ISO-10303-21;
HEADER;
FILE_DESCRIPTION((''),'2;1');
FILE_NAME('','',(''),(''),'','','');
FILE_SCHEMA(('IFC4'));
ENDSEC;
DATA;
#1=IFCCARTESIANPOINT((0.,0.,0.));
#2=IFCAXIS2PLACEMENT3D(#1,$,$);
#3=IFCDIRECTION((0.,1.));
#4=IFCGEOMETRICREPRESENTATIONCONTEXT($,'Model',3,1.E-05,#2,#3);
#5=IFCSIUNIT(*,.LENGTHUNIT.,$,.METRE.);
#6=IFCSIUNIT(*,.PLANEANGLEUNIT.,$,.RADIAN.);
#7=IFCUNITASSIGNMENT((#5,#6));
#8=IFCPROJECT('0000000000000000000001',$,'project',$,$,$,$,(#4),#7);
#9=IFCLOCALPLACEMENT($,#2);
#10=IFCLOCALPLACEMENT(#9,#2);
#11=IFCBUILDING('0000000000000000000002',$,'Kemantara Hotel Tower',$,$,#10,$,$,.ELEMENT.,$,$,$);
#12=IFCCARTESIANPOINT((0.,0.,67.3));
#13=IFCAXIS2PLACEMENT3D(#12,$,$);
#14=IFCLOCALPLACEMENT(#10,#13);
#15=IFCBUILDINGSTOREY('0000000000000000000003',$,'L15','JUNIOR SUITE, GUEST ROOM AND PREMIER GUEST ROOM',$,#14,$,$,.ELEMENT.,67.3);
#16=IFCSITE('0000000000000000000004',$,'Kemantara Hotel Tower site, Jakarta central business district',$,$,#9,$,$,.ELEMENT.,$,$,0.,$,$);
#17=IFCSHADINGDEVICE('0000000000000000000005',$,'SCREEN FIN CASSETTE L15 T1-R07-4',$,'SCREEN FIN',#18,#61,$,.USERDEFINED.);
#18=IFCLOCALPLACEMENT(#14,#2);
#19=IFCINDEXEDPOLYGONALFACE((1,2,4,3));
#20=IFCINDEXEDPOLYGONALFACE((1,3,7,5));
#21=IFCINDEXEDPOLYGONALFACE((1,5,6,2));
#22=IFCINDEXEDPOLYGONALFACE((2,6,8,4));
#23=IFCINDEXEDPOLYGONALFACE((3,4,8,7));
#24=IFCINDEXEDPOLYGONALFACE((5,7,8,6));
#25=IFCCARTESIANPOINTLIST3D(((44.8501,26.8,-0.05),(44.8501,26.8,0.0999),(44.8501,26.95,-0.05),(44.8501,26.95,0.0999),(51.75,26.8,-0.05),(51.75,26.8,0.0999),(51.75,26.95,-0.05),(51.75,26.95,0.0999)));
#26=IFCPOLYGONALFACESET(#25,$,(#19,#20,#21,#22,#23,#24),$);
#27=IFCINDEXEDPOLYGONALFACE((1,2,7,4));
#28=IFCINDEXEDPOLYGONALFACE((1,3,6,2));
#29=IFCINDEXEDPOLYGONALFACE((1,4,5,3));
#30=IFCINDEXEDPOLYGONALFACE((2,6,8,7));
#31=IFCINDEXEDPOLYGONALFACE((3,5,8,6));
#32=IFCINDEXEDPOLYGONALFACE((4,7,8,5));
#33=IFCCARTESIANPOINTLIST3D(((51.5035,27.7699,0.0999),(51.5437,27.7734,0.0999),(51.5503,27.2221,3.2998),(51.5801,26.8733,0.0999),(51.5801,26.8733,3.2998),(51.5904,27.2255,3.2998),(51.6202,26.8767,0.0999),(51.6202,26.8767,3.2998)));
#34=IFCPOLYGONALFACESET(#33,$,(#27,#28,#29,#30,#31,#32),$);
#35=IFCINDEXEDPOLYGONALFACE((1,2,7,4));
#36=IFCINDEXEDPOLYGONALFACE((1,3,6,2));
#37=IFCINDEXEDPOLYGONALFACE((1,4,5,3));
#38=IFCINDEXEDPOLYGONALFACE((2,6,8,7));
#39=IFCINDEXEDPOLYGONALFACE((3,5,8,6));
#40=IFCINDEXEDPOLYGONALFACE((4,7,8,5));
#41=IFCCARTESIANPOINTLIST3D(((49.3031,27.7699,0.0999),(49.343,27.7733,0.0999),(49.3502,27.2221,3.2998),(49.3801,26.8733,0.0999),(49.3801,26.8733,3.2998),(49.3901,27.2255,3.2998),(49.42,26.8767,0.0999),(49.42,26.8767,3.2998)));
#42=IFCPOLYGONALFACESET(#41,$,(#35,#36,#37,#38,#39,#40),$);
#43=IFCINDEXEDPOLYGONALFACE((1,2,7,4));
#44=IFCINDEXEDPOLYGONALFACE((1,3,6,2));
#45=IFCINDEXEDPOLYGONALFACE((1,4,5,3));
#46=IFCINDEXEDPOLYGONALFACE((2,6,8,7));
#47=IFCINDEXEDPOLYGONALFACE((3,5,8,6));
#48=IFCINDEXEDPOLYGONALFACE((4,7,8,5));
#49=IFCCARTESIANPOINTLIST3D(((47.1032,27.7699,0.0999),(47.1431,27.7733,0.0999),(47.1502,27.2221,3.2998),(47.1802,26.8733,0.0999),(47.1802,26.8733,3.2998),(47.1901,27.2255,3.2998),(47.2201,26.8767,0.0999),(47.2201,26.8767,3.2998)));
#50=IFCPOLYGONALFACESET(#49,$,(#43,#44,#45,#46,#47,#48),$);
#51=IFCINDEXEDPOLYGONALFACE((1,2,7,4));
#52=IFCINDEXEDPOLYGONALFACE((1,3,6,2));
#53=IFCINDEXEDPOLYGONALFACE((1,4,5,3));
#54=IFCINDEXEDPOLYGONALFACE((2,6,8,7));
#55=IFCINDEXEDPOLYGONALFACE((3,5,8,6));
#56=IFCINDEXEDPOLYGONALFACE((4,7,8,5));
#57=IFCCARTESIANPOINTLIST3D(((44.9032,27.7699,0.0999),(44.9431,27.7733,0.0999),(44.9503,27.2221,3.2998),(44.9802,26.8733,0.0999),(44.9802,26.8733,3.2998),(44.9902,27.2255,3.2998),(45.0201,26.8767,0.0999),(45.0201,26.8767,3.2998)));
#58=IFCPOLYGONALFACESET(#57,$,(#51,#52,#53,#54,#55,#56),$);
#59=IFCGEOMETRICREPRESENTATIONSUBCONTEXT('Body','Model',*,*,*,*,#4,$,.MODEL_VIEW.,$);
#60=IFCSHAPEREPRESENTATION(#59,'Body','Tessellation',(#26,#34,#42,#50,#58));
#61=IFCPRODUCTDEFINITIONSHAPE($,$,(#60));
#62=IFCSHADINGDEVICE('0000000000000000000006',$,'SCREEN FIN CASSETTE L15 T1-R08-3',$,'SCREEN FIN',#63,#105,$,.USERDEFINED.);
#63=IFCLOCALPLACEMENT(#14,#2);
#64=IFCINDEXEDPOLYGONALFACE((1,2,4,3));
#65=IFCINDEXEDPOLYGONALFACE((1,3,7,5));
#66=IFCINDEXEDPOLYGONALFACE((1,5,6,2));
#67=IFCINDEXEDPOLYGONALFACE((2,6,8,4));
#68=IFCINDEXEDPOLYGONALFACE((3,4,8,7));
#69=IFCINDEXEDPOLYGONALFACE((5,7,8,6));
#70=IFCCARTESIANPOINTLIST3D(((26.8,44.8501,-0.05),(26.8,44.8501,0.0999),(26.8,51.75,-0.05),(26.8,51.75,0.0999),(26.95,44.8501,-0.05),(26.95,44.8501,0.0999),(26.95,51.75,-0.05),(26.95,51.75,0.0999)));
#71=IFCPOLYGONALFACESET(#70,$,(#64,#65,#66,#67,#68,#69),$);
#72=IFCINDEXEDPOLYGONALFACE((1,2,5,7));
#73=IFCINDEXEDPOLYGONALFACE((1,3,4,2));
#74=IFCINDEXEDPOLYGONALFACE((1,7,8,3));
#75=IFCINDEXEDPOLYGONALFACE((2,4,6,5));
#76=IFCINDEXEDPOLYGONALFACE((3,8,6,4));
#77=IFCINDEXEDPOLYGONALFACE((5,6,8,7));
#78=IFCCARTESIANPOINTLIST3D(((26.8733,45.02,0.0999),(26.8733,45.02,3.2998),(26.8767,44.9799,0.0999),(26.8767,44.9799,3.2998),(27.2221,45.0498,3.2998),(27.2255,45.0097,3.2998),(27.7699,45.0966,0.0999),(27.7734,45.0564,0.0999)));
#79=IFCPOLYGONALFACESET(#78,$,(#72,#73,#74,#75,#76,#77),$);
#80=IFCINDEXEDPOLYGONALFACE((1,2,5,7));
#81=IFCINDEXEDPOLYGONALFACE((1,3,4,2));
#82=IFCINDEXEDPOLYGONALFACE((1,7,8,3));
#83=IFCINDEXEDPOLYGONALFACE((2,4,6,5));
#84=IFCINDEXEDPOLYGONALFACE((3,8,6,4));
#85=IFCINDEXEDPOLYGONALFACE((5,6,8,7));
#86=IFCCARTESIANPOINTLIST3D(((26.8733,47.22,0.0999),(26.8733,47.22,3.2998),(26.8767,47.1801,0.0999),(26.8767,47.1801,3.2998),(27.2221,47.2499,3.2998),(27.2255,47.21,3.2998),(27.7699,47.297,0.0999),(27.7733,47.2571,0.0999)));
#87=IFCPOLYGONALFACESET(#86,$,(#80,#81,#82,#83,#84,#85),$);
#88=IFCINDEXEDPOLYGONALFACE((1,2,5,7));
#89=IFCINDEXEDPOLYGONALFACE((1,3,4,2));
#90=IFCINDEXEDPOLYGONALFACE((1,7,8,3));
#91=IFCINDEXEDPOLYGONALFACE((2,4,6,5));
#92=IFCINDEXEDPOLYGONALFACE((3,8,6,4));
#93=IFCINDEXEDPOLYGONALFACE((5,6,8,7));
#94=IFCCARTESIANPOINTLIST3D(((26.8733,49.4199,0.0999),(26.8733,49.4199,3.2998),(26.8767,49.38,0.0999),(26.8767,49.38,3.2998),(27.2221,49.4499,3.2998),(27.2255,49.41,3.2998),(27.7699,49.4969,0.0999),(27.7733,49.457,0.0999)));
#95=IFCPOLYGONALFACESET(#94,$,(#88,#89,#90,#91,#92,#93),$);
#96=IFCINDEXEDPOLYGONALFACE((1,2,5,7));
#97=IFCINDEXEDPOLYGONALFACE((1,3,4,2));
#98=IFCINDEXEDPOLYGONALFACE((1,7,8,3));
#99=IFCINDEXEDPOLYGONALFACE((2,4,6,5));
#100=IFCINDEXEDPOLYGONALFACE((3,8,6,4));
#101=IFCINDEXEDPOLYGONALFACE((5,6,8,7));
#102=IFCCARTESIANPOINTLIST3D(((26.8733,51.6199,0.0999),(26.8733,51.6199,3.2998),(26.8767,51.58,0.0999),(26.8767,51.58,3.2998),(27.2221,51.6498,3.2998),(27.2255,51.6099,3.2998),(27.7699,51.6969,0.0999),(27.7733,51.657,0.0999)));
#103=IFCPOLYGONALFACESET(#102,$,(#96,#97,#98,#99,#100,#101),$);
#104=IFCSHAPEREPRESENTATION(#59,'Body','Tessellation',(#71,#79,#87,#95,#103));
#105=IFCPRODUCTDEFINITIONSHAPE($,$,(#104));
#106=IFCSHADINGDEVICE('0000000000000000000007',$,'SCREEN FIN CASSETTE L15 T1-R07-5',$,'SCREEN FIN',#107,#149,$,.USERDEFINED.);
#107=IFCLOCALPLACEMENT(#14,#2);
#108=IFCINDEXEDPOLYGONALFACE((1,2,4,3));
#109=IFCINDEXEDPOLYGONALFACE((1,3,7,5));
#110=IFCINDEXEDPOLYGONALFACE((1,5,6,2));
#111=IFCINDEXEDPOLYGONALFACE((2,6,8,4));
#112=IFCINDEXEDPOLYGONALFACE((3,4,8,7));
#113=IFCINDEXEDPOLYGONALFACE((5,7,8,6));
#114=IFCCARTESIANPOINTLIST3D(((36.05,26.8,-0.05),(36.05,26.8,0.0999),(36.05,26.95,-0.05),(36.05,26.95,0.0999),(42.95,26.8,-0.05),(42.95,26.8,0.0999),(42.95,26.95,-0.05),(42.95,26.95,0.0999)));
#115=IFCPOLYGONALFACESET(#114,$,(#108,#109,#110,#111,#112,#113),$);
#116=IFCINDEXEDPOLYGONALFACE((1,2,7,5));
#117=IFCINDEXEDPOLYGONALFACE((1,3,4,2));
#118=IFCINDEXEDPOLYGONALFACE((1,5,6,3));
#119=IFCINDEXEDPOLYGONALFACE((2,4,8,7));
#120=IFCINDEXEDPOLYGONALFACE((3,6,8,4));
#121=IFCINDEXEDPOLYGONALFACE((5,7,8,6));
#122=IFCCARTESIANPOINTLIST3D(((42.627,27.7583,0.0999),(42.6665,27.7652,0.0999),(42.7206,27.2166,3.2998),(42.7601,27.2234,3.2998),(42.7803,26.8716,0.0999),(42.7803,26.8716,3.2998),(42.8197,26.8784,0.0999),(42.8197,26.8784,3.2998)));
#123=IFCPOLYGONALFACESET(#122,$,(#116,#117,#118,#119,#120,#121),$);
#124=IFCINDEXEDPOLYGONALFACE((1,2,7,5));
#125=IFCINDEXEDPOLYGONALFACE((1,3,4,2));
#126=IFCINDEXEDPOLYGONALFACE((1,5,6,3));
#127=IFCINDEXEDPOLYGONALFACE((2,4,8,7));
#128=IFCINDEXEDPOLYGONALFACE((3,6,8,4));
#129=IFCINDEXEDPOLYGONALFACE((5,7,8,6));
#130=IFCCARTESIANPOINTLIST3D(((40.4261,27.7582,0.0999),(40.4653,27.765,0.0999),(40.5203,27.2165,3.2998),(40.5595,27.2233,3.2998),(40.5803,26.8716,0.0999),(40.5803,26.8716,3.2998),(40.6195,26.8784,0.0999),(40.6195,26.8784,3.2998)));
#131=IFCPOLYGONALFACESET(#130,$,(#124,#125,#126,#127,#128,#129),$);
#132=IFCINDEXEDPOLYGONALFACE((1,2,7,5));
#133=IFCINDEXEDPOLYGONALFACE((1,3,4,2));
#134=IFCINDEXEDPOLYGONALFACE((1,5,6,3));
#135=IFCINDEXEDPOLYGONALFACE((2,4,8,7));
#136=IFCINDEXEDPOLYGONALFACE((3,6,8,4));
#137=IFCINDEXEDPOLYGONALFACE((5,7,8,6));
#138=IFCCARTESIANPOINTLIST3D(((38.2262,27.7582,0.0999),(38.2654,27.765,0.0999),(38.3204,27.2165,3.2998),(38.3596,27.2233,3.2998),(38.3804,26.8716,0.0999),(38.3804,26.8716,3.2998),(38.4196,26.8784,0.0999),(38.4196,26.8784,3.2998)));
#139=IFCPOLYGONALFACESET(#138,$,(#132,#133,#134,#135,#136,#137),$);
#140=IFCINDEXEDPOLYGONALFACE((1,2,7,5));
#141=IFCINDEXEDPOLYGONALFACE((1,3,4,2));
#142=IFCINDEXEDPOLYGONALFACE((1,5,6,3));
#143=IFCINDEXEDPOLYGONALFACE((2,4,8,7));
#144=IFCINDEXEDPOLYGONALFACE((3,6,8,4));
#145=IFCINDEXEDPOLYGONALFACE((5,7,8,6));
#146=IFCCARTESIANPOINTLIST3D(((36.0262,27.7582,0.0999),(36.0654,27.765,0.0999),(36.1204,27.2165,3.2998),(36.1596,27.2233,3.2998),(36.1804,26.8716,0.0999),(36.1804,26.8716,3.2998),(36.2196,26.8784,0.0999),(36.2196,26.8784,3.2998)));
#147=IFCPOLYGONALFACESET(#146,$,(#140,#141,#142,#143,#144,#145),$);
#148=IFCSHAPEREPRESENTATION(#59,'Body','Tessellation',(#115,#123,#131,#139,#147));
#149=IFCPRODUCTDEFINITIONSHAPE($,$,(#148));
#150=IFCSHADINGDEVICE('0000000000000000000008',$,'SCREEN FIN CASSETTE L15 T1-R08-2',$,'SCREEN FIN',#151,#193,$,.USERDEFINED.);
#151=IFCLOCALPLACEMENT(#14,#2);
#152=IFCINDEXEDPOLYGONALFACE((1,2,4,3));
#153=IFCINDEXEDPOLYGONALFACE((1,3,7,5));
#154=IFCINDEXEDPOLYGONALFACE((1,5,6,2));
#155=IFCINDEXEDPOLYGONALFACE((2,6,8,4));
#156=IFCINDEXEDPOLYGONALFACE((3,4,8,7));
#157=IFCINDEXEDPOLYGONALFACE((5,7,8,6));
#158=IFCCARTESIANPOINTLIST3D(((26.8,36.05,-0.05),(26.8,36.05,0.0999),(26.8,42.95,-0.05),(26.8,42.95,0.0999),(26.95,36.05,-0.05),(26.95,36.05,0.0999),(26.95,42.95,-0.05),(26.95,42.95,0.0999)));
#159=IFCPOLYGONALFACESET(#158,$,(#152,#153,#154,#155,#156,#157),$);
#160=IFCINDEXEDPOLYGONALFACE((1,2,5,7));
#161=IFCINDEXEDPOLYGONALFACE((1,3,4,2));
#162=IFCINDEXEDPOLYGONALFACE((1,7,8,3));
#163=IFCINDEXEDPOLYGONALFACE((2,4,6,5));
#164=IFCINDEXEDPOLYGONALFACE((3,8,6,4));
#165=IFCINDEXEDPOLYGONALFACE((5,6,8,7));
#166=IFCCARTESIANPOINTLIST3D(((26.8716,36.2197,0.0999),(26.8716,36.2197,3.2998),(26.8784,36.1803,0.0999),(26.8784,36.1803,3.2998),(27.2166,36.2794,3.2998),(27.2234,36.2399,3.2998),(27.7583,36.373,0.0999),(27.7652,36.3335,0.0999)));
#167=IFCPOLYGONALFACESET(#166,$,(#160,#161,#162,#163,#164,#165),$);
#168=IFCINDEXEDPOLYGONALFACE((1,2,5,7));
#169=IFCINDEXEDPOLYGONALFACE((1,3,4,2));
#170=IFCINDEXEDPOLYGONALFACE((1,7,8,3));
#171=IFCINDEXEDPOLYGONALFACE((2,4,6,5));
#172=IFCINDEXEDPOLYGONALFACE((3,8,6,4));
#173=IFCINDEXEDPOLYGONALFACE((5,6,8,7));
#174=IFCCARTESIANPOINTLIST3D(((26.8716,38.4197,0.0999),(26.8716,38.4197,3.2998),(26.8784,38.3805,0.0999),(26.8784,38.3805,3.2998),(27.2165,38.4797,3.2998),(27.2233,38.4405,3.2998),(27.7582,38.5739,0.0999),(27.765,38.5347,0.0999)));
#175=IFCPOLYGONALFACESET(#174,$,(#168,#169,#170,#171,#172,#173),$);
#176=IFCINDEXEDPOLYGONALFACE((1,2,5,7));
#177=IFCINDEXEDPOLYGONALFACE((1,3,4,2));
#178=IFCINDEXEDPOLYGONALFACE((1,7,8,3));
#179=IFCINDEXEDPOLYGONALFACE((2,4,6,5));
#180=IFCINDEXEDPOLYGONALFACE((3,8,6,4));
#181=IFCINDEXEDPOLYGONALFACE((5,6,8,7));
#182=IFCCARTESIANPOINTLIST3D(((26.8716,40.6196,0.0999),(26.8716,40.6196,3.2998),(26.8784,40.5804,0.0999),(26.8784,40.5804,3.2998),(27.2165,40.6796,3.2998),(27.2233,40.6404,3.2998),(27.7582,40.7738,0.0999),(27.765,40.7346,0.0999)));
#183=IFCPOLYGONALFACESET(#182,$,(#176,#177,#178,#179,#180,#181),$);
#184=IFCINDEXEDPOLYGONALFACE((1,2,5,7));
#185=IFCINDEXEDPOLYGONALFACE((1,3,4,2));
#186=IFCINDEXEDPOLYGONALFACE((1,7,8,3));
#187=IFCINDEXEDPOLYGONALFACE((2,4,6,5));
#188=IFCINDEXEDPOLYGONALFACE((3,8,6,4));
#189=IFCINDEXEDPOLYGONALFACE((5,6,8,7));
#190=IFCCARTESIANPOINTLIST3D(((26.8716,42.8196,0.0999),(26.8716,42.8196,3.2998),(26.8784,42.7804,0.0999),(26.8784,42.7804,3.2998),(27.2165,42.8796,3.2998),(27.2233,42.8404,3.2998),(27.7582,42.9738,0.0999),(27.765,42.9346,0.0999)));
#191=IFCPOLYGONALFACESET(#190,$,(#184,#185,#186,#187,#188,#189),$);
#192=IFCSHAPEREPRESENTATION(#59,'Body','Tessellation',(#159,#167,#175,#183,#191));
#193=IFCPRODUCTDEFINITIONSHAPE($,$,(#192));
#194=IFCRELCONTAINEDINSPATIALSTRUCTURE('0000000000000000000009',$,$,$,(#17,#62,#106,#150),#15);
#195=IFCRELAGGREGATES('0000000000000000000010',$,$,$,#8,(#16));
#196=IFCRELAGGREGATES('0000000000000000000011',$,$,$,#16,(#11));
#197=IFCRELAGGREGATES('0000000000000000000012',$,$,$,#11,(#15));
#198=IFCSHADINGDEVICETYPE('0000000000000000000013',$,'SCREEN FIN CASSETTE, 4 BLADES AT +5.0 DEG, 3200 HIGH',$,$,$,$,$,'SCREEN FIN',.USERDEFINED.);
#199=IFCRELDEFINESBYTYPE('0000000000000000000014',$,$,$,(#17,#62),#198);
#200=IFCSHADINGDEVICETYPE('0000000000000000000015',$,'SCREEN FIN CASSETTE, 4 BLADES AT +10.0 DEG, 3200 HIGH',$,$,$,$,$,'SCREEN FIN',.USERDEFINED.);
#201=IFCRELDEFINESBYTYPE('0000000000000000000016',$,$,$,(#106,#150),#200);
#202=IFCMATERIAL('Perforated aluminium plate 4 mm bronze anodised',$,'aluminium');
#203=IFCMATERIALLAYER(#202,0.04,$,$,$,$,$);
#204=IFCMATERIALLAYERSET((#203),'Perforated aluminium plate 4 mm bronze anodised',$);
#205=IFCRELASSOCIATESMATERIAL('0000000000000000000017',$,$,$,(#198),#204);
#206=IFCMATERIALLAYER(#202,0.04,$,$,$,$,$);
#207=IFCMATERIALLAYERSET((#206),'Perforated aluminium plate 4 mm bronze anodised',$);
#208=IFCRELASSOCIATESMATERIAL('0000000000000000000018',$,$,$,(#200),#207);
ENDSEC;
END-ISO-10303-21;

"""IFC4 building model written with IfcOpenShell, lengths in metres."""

from ifc_helpers import new_model, si_unit, direction, frame, origin, origin_2d, place, context, subcontext, project, spatial, polyline, rectangle, outline, extrude, source, transform, mapped, material, layer, layer_set, type_object, element, save


model = new_model("IFC4")

# Units and contexts
model_context = context("Model", 3, precision=1e-05, world=origin(), true_north=direction((0.0, 1.0)))
body_context = subcontext(model_context, "Body", "Model", "MODEL_VIEW")
ifc_project = project(units=[si_unit("LENGTHUNIT", "METRE"), si_unit("PLANEANGLEUNIT", "RADIAN")], contexts=[model_context])

# Site, building, storey
site_placement = place(None, origin())
site = spatial("IfcSite", under=ifc_project, at=site_placement, Name="Kemantara Hotel Tower site, Jakarta central business district", CompositionType="ELEMENT", RefElevation=0.0)
building_placement = place(site_placement, origin())
building = spatial("IfcBuilding", under=site, at=building_placement, Name="Kemantara Hotel Tower", CompositionType="ELEMENT")
storey_placement = place(building_placement, frame((0.0, 0.0, 67.3)))
storey = spatial("IfcBuildingStorey", under=building, at=storey_placement, Name="L15", Description="JUNIOR SUITE, GUEST ROOM AND PREMIER GUEST ROOM", CompositionType="ELEMENT", Elevation=67.3)

# Shading devices
ifc_material_1 = material(Name="Perforated aluminium plate 4 mm bronze anodised", Category="aluminium")
ifc_layer_1 = layer(ifc_material_1, 0.04)
ifc_layer_set_1 = layer_set([ifc_layer_1], Name="Perforated aluminium plate 4 mm bronze anodised")
shading_device_type_1 = type_object("IfcShadingDeviceType", Name="SCREEN FIN CASSETTE, 4 BLADES AT +5.0 DEG, 3200 HIGH", ElementType="SCREEN FIN", PredefinedType="USERDEFINED", material=ifc_layer_set_1)
shared_shape_1 = source(origin(), body_context, "Body", "SweptSolid", [
    extrude(rectangle(XDim=6.8999, YDim=0.1499, at=origin_2d()), frame((3.3, -0.075, -0.1499), z_axis=(0.0, 0.0, 1.0), x_axis=(1.0, 0.0, 0.0)), (0.0, 0.0, 1.0), 0.1499),
    extrude(outline(polyline([(0.0, 0.0), (0.8999, 0.0), (0.3501, 3.2), (0.0, 3.2), (0.0, 0.0)])), frame((0.02, -0.0732, 0.0), z_axis=(-0.996376, -0.085056, 0.0), x_axis=(0.085056, -0.996376, 0.0)), (0.0, 0.0, 1.0), 0.0403),
    extrude(outline(polyline([(0.0, 0.0), (0.8999, 0.0), (0.3501, 3.2), (0.0, 3.2), (0.0, 0.0)])), frame((2.22, -0.0732, 0.0), z_axis=(-0.996332, -0.085575, 0.0), x_axis=(0.085575, -0.996332, 0.0)), (0.0, 0.0, 1.0), 0.04),
    extrude(outline(polyline([(0.0, 0.0), (0.8999, 0.0), (0.3501, 3.2), (0.0, 3.2), (0.0, 0.0)])), frame((4.4199, -0.0732, 0.0), z_axis=(-0.996332, -0.085575, 0.0), x_axis=(0.085575, -0.996332, 0.0)), (0.0, 0.0, 1.0), 0.04),
    extrude(outline(polyline([(0.0, 0.0), (0.8999, 0.0), (0.3501, 3.2), (0.0, 3.2), (0.0, 0.0)])), frame((6.6199, -0.0732, 0.0), z_axis=(-0.996332, -0.085575, 0.0), x_axis=(0.085575, -0.996332, 0.0)), (0.0, 0.0, 1.0), 0.04),
])
for number, where, z_axis, x_axis, name in (
    (1, (51.6001, 26.8, 0.0999), (0.0, 0.0, 1.0), (-1.0, 0.0, 0.0), "SCREEN FIN CASSETTE L15 T1-R07-4"),
    (2, (26.8, 45.0, 0.0999), (0.0, 0.0, 1.0), (0.0, 1.0, 0.0), "SCREEN FIN CASSETTE L15 T1-R08-3"),
):
    element("IfcShadingDevice", number, at=place(storey_placement, frame(where, z_axis=z_axis, x_axis=x_axis)), inside=storey, type_object=shading_device_type_1, Name=name, ObjectType="SCREEN FIN", PredefinedType="USERDEFINED", context=body_context, shape_type="MappedRepresentation", body=[
        mapped(shared_shape_1, transform((0.0, 0.0, 0.0))),
    ])
ifc_layer_2 = layer(ifc_material_1, 0.04)
ifc_layer_set_2 = layer_set([ifc_layer_2], Name="Perforated aluminium plate 4 mm bronze anodised")
shading_device_type_2 = type_object("IfcShadingDeviceType", Name="SCREEN FIN CASSETTE, 4 BLADES AT +10.0 DEG, 3200 HIGH", ElementType="SCREEN FIN", PredefinedType="USERDEFINED", material=ifc_layer_set_2)
shared_shape_2 = source(origin(), body_context, "Body", "SweptSolid", [
    extrude(rectangle(XDim=6.8999, YDim=0.1499, at=origin_2d()), frame((3.3, -0.075, -0.1499), z_axis=(0.0, 0.0, 1.0), x_axis=(1.0, 0.0, 0.0)), (0.0, 0.0, 1.0), 0.1499),
    extrude(outline(polyline([(0.0, 0.0), (0.8999, 0.0), (0.3501, 3.2), (0.0, 3.2), (0.0, 0.0)])), frame((0.0198, -0.0715, 0.0), z_axis=(-0.98539, -0.170314, 0.0), x_axis=(0.170314, -0.98539, 0.0)), (0.0, 0.0, 1.0), 0.04),
    extrude(outline(polyline([(0.0, 0.0), (0.8999, 0.0), (0.3501, 3.2), (0.0, 3.2), (0.0, 0.0)])), frame((2.2197, -0.0715, 0.0), z_axis=(-0.985212, -0.171341, 0.0), x_axis=(0.171341, -0.985212, 0.0)), (0.0, 0.0, 1.0), 0.0398),
    extrude(outline(polyline([(0.0, 0.0), (0.8999, 0.0), (0.3501, 3.2), (0.0, 3.2), (0.0, 0.0)])), frame((4.4197, -0.0715, 0.0), z_axis=(-0.985212, -0.171341, 0.0), x_axis=(0.171341, -0.985212, 0.0)), (0.0, 0.0, 1.0), 0.0398),
    extrude(outline(polyline([(0.0, 0.0), (0.8999, 0.0), (0.3501, 3.2), (0.0, 3.2), (0.0, 0.0)])), frame((6.6196, -0.0715, 0.0), z_axis=(-0.985212, -0.171341, 0.0), x_axis=(0.171341, -0.985212, 0.0)), (0.0, 0.0, 1.0), 0.0398),
])
for number, where, z_axis, x_axis, name in (
    (3, (42.8, 26.8, 0.0999), (0.0, 0.0, 1.0), (-1.0, 0.0, 0.0), "SCREEN FIN CASSETTE L15 T1-R07-5"),
    (4, (26.8, 36.2, 0.0999), (0.0, 0.0, 1.0), (0.0, 1.0, 0.0), "SCREEN FIN CASSETTE L15 T1-R08-2"),
):
    element("IfcShadingDevice", number, at=place(storey_placement, frame(where, z_axis=z_axis, x_axis=x_axis)), inside=storey, type_object=shading_device_type_2, Name=name, ObjectType="SCREEN FIN", PredefinedType="USERDEFINED", context=body_context, shape_type="MappedRepresentation", body=[
        mapped(shared_shape_2, transform((0.0, 0.0, 0.0))),
    ])

save(model, "model.ifc")
